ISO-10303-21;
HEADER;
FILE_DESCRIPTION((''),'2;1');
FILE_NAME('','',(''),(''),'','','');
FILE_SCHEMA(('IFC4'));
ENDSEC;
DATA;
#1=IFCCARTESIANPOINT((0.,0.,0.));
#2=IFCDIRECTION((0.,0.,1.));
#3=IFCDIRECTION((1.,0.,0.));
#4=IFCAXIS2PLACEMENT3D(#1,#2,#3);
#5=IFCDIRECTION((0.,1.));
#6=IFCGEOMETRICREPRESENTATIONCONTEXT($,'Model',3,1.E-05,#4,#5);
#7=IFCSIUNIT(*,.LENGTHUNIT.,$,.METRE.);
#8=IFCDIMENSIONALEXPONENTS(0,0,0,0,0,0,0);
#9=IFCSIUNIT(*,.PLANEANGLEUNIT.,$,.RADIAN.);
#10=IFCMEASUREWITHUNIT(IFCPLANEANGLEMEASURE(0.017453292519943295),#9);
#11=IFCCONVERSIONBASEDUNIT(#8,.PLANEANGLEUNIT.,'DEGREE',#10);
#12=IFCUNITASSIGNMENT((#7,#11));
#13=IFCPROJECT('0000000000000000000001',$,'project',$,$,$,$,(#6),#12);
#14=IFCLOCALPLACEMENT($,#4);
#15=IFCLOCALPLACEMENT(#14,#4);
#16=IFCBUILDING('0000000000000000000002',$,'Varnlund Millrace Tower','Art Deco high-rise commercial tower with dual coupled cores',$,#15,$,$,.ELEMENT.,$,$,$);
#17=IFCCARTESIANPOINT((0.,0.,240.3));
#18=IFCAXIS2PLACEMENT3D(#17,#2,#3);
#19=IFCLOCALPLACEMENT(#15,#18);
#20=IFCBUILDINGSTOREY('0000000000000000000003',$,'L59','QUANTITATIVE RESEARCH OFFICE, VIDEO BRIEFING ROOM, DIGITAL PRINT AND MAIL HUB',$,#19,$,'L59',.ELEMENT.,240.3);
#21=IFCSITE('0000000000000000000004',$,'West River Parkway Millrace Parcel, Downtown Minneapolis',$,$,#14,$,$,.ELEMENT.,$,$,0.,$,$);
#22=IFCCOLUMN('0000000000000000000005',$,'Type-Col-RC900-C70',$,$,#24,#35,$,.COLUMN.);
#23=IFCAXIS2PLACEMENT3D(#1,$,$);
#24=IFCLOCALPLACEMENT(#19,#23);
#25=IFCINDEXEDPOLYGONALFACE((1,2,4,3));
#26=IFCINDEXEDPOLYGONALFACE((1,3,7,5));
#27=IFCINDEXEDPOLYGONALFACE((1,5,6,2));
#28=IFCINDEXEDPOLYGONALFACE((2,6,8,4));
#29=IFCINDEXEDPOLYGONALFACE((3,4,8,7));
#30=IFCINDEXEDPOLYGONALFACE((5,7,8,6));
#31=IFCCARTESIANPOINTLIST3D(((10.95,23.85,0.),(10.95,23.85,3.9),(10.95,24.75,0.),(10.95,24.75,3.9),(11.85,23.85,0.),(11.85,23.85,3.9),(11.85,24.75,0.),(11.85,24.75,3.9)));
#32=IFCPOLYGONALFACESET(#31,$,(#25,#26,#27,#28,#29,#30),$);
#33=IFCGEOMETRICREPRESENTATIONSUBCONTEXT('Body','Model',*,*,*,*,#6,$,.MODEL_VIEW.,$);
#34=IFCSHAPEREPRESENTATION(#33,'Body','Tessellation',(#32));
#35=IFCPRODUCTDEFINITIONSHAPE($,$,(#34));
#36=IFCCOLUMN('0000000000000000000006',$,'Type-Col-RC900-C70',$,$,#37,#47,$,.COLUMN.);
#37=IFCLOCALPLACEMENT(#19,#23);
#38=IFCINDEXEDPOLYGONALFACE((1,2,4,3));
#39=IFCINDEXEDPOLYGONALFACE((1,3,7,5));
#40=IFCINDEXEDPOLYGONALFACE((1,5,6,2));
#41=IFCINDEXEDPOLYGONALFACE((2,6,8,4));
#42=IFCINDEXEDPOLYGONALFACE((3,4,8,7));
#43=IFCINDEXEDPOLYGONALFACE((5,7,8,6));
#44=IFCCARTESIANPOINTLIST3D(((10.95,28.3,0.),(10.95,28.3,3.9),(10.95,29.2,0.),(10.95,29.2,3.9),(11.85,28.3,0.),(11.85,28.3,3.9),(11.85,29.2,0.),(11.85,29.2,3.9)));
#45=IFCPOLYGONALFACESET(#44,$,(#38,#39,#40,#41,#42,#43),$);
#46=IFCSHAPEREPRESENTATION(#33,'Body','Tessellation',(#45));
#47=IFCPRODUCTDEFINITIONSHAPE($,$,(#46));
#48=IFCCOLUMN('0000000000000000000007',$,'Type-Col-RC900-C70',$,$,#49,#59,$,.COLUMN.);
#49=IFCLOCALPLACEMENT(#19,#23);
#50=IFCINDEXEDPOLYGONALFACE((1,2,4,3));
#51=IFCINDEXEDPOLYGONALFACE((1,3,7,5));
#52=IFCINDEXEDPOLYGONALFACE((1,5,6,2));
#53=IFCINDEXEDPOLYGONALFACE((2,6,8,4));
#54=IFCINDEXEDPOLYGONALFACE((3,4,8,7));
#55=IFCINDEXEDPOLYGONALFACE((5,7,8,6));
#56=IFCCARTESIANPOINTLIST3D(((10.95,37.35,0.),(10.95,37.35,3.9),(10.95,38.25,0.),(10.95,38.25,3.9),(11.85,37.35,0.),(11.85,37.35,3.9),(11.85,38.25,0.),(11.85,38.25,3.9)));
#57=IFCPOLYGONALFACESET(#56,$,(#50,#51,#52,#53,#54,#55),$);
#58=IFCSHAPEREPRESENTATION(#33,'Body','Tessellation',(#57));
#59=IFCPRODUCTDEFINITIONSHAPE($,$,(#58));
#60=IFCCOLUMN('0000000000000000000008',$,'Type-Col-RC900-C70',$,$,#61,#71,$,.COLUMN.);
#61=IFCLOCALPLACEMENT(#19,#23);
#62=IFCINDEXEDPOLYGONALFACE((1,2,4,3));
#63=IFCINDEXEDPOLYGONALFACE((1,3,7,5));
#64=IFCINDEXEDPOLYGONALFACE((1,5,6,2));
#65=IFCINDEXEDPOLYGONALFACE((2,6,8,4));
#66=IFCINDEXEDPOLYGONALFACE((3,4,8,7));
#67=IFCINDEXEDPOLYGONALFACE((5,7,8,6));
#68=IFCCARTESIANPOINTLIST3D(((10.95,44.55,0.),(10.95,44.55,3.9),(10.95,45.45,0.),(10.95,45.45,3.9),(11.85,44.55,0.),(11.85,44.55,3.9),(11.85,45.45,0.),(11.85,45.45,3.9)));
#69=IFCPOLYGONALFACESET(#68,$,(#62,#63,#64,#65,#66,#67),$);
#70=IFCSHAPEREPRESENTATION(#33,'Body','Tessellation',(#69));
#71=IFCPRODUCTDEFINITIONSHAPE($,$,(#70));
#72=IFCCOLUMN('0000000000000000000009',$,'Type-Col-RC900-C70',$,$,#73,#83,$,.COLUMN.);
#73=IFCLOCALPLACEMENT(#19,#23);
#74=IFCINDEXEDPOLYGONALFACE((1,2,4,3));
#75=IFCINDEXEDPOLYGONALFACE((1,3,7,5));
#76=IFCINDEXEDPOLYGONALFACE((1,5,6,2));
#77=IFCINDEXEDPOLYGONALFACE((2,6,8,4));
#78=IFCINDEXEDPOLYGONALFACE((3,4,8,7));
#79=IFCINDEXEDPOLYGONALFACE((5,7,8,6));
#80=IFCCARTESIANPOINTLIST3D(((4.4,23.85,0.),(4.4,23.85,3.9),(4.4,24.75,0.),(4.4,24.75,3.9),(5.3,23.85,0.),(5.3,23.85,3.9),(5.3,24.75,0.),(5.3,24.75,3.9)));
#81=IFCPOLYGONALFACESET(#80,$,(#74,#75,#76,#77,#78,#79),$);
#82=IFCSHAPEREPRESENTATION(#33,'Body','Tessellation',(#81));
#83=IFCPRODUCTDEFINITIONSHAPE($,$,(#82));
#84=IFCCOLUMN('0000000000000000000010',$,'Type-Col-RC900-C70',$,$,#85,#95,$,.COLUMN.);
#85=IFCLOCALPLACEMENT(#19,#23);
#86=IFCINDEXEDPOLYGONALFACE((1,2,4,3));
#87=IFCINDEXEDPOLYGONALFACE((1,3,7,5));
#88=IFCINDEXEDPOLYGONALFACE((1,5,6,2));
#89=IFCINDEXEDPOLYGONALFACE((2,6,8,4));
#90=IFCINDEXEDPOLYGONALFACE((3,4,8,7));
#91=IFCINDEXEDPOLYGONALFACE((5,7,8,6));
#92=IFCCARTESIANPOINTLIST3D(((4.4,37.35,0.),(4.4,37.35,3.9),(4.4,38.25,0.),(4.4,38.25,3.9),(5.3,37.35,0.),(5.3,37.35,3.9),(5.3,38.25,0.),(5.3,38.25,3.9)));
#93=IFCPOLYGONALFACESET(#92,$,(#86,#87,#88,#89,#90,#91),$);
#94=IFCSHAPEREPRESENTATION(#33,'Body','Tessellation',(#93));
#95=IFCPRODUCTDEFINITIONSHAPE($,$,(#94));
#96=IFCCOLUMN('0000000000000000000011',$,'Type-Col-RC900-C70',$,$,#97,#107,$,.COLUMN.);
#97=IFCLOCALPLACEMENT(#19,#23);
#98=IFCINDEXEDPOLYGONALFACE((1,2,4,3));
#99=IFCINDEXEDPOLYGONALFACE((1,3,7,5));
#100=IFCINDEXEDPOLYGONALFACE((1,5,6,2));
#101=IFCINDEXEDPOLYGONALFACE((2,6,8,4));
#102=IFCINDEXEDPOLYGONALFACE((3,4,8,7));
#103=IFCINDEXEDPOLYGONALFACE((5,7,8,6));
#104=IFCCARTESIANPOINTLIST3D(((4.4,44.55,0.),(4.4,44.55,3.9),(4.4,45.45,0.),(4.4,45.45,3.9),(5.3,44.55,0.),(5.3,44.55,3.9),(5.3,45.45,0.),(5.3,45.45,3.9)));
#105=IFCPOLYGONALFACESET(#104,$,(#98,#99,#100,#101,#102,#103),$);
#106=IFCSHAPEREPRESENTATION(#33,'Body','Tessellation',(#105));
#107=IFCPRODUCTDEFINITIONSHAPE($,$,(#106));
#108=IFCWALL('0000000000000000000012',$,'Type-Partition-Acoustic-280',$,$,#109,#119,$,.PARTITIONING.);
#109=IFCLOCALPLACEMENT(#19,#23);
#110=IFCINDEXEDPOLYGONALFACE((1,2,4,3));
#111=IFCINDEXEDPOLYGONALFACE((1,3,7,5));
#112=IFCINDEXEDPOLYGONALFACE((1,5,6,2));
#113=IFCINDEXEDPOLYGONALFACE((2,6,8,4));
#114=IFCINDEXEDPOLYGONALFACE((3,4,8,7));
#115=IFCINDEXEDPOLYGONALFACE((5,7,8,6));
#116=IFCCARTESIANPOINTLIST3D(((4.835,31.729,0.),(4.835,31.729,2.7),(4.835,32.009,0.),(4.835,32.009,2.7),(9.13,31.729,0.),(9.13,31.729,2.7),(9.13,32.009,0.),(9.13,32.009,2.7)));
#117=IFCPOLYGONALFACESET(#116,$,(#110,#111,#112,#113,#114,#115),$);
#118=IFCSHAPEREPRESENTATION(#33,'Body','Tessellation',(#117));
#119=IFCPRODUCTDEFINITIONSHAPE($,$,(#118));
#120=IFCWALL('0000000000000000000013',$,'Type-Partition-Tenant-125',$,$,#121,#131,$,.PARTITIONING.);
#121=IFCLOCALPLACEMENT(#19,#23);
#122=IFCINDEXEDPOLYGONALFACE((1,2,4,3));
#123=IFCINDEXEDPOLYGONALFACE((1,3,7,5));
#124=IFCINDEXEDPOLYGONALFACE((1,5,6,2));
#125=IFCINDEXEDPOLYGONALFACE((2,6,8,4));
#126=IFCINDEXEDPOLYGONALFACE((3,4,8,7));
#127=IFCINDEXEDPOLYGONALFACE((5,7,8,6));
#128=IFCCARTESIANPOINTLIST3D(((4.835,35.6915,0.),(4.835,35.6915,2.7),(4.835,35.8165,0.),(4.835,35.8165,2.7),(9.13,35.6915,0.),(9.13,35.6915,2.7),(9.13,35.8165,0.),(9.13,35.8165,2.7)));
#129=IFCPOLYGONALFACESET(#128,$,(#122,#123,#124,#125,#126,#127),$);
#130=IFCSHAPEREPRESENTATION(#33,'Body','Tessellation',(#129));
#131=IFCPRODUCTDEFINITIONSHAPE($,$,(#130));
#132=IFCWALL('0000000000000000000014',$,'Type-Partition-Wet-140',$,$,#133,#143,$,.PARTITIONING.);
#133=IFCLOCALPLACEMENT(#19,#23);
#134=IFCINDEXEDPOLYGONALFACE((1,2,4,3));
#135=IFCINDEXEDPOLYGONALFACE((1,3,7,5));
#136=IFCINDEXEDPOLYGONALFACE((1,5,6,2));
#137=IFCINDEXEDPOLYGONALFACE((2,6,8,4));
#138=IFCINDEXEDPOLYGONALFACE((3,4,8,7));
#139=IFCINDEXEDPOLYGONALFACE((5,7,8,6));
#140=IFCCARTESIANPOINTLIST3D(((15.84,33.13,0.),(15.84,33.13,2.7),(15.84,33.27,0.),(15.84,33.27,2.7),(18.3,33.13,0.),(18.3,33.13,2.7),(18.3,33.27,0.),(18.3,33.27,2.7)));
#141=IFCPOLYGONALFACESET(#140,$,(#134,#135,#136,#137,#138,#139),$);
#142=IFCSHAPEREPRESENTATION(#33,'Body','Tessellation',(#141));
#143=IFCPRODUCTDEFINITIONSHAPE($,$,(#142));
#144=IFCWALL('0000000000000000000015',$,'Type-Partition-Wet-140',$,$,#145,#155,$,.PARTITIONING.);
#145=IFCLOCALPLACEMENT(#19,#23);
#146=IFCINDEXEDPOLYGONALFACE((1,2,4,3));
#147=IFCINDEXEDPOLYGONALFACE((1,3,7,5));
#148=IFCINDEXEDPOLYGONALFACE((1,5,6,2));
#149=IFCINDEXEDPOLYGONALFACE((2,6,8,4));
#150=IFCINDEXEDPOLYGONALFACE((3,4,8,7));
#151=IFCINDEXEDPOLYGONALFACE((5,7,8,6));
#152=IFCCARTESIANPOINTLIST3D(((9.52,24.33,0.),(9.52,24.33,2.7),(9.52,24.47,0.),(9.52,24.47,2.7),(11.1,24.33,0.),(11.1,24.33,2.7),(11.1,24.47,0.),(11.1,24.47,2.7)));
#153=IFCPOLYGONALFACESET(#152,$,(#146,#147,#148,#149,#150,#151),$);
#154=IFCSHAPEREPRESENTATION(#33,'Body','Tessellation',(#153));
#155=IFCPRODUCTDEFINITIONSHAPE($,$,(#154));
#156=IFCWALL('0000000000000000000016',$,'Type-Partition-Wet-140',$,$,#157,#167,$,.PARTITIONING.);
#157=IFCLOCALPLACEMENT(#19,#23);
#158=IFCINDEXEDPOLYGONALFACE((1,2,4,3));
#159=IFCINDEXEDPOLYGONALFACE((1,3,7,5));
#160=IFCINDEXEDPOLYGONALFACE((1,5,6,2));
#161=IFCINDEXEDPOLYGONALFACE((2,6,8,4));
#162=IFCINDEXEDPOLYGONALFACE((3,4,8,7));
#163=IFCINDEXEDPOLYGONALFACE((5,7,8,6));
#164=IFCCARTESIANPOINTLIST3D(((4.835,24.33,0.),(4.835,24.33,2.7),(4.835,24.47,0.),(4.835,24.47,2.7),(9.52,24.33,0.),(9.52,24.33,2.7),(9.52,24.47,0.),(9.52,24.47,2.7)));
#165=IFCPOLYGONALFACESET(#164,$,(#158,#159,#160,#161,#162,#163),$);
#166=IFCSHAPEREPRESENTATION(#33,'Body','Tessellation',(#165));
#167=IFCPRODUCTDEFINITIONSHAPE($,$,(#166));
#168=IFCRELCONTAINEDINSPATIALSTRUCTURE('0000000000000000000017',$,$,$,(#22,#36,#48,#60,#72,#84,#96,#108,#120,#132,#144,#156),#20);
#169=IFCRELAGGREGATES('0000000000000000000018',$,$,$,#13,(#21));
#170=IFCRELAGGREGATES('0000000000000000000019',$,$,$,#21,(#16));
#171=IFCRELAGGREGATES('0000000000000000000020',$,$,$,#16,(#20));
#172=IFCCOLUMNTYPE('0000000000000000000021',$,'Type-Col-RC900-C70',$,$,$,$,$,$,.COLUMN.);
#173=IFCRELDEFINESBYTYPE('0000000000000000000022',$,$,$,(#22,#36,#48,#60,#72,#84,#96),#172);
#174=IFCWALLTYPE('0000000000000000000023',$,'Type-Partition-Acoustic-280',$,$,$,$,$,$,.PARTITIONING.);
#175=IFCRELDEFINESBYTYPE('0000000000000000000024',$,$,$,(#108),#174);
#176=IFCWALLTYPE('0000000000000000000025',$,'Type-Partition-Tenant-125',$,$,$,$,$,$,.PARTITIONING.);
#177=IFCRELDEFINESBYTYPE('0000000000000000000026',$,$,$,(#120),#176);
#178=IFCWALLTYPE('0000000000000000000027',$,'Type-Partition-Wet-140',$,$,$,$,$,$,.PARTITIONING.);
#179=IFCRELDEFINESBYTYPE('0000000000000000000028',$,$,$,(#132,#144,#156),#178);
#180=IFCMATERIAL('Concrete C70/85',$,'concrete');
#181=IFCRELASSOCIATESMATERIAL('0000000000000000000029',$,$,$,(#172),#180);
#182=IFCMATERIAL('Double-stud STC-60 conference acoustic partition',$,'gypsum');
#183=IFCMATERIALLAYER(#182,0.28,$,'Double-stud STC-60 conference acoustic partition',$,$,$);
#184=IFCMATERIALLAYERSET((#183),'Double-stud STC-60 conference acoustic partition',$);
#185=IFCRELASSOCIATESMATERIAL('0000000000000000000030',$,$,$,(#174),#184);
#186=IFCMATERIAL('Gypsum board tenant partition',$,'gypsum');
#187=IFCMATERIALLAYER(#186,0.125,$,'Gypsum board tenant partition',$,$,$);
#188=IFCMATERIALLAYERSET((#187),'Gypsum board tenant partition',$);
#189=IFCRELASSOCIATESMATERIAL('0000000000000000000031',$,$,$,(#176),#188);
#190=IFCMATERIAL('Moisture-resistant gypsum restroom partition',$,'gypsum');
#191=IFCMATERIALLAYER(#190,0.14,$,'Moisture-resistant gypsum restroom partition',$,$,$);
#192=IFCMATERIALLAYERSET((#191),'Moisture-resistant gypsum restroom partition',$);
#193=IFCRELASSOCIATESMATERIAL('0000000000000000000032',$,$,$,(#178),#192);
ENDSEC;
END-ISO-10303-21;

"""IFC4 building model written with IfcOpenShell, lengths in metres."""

from ifc_helpers import new_model, entity, si_unit, converted_unit, direction, frame, origin_with_axes, origin_2d_with_axis, place, context, subcontext, project, spatial, polyline, rectangle, outline, extrude, material, layer, layer_set, material_profile, profile_set, type_object, element, save


model = new_model("IFC4")

# Units and contexts
model_context = context("Model", 3, precision=1e-05, world=origin_with_axes(), true_north=direction((0.0, 1.0)))
body_context = subcontext(model_context, "Body", "Model", "MODEL_VIEW")
ifc_project = project(units=[si_unit("LENGTHUNIT", "METRE"), converted_unit("PLANEANGLEUNIT", "DEGREE", entity("IfcPlaneAngleMeasure", 0.017453292519943295), si_unit("PLANEANGLEUNIT", "RADIAN"), dimensions=[0, 0, 0, 0, 0, 0, 0])], contexts=[model_context])

# Site, building, storey
site_placement = place(None, origin_with_axes())
site = spatial("IfcSite", under=ifc_project, at=site_placement, Name="West River Parkway Millrace Parcel, Downtown Minneapolis", CompositionType="ELEMENT", RefElevation=0.0)
building_placement = place(site_placement, origin_with_axes())
building = spatial("IfcBuilding", under=site, at=building_placement, Name="Varnlund Millrace Tower", Description="Art Deco high-rise commercial tower with dual coupled cores", CompositionType="ELEMENT")
storey_placement = place(building_placement, frame((0.0, 0.0, 240.3), z_axis=(0.0, 0.0, 1.0), x_axis=(1.0, 0.0, 0.0)))
storey = spatial("IfcBuildingStorey", under=building, at=storey_placement, Name="L59", Description="QUANTITATIVE RESEARCH OFFICE, VIDEO BRIEFING ROOM, DIGITAL PRINT AND MAIL HUB", LongName="L59", CompositionType="ELEMENT", Elevation=240.3)

# Columns
ifc_material_1 = material(Name="Concrete C70/85", Category="concrete")
ifc_material_profile = material_profile(ifc_material_1, rectangle(XDim=0.9, YDim=0.9, at=origin_2d_with_axis()), Name="Concrete C70/85")
ifc_profile_set = profile_set([ifc_material_profile], Name="Concrete C70/85")
column_type = type_object("IfcColumnType", Name="Type-Col-RC900-C70", PredefinedType="COLUMN", material=ifc_profile_set)
for number, where, z_axis, x_axis, name in (
    (1, (11.4, 24.3, 0.0), (0.0, 0.0, 1.0), (1.0, 0.0, 0.0), "Type-Col-RC900-C70"),
    (2, (11.4, 28.75, 0.0), (0.0, 0.0, 1.0), (1.0, 0.0, 0.0), "Type-Col-RC900-C70"),
    (3, (11.4, 37.8, 0.0), (0.0, 0.0, 1.0), (1.0, 0.0, 0.0), "Type-Col-RC900-C70"),
    (4, (11.4, 45.0, 0.0), (0.0, 0.0, 1.0), (1.0, 0.0, 0.0), "Type-Col-RC900-C70"),
    (5, (4.85, 24.3, 0.0), (0.0, 0.0, 1.0), (1.0, 0.0, 0.0), "Type-Col-RC900-C70"),
    (6, (4.85, 37.8, 0.0), (0.0, 0.0, 1.0), (1.0, 0.0, 0.0), "Type-Col-RC900-C70"),
    (7, (4.85, 45.0, 0.0), (0.0, 0.0, 1.0), (1.0, 0.0, 0.0), "Type-Col-RC900-C70"),
):
    element("IfcColumn", number, at=place(storey_placement, frame(where, z_axis=z_axis, x_axis=x_axis)), inside=storey, type_object=column_type, Name=name, PredefinedType="COLUMN", context=body_context, shape_type="SweptSolid", body=[
        extrude(rectangle(XDim=0.9, YDim=0.9, at=origin_2d_with_axis()), origin_with_axes(), (0.0, 0.0, 1.0), 3.9),
    ])

# Wall
ifc_material_2 = material(Name="Double-stud STC-60 conference acoustic partition", Category="gypsum")
ifc_layer_1 = layer(ifc_material_2, 0.28, Name="Double-stud STC-60 conference acoustic partition")
ifc_layer_set_1 = layer_set([ifc_layer_1], Name="Double-stud STC-60 conference acoustic partition")
wall_type_1 = type_object("IfcWallType", Name="Type-Partition-Acoustic-280", PredefinedType="PARTITIONING", material=ifc_layer_set_1)
wall_1_placement = place(storey_placement, frame((4.835, 31.869, 0.0), z_axis=(0.0, 0.0, 1.0), x_axis=(1.0, 0.0, 0.0)))
element("IfcWall", 8, at=wall_1_placement, inside=storey, type_object=wall_type_1, Name="Type-Partition-Acoustic-280", PredefinedType="PARTITIONING", context=body_context, shape_type="SweptSolid", body=[
    extrude(outline(polyline([(0.0, -0.14), (4.295, -0.14), (4.295, 0.14), (0.0, 0.14), (0.0, -0.14)])), origin_with_axes(), (0.0, 0.0, 1.0), 2.7),
])

# Walls
ifc_material_3 = material(Name="Gypsum board tenant partition", Category="gypsum")
ifc_layer_2 = layer(ifc_material_3, 0.125, Name="Gypsum board tenant partition")
ifc_layer_set_2 = layer_set([ifc_layer_2], Name="Gypsum board tenant partition")
wall_type_2 = type_object("IfcWallType", Name="Type-Partition-Tenant-125", PredefinedType="PARTITIONING", material=ifc_layer_set_2)
wall_2_placement = place(storey_placement, frame((4.835, 35.754, 0.0), z_axis=(0.0, 0.0, 1.0), x_axis=(1.0, 0.0, 0.0)))
element("IfcWall", 9, at=wall_2_placement, inside=storey, type_object=wall_type_2, Name="Type-Partition-Tenant-125", PredefinedType="PARTITIONING", context=body_context, shape_type="SweptSolid", body=[
    extrude(outline(polyline([(0.0, -0.0625), (4.295, -0.0625), (4.295, 0.0625), (0.0, 0.0625), (0.0, -0.0625)])), origin_with_axes(), (0.0, 0.0, 1.0), 2.7),
])
ifc_material_4 = material(Name="Moisture-resistant gypsum restroom partition", Category="gypsum")
ifc_layer_3 = layer(ifc_material_4, 0.14, Name="Moisture-resistant gypsum restroom partition")
ifc_layer_set_3 = layer_set([ifc_layer_3], Name="Moisture-resistant gypsum restroom partition")
wall_type_3 = type_object("IfcWallType", Name="Type-Partition-Wet-140", PredefinedType="PARTITIONING", material=ifc_layer_set_3)
wall_3_placement = place(storey_placement, frame((15.84, 33.2, 0.0), z_axis=(0.0, 0.0, 1.0), x_axis=(1.0, 0.0, 0.0)))
element("IfcWall", 10, at=wall_3_placement, inside=storey, type_object=wall_type_3, Name="Type-Partition-Wet-140", PredefinedType="PARTITIONING", context=body_context, shape_type="SweptSolid", body=[
    extrude(outline(polyline([(0.0, -0.07), (2.46, -0.07), (2.46, 0.07), (0.0, 0.07), (0.0, -0.07)])), origin_with_axes(), (0.0, 0.0, 1.0), 2.7),
])
wall_4_placement = place(storey_placement, frame((9.52, 24.4, 0.0), z_axis=(0.0, 0.0, 1.0), x_axis=(1.0, 0.0, 0.0)))
element("IfcWall", 11, at=wall_4_placement, inside=storey, type_object=wall_type_3, Name="Type-Partition-Wet-140", PredefinedType="PARTITIONING", context=body_context, shape_type="SweptSolid", body=[
    extrude(outline(polyline([(0.0, -0.07), (1.58, -0.07), (1.58, 0.07), (0.0, 0.07), (0.0, -0.07)])), origin_with_axes(), (0.0, 0.0, 1.0), 2.7),
])
wall_5_placement = place(storey_placement, frame((4.835, 24.4, 0.0), z_axis=(0.0, 0.0, 1.0), x_axis=(1.0, 0.0, 0.0)))
element("IfcWall", 12, at=wall_5_placement, inside=storey, type_object=wall_type_3, Name="Type-Partition-Wet-140", PredefinedType="PARTITIONING", context=body_context, shape_type="SweptSolid", body=[
    extrude(outline(polyline([(0.0, -0.07), (4.685, -0.07), (4.685, 0.07), (0.0, 0.07), (0.0, -0.07)])), origin_with_axes(), (0.0, 0.0, 1.0), 2.7),
])

save(model, "model.ifc")
